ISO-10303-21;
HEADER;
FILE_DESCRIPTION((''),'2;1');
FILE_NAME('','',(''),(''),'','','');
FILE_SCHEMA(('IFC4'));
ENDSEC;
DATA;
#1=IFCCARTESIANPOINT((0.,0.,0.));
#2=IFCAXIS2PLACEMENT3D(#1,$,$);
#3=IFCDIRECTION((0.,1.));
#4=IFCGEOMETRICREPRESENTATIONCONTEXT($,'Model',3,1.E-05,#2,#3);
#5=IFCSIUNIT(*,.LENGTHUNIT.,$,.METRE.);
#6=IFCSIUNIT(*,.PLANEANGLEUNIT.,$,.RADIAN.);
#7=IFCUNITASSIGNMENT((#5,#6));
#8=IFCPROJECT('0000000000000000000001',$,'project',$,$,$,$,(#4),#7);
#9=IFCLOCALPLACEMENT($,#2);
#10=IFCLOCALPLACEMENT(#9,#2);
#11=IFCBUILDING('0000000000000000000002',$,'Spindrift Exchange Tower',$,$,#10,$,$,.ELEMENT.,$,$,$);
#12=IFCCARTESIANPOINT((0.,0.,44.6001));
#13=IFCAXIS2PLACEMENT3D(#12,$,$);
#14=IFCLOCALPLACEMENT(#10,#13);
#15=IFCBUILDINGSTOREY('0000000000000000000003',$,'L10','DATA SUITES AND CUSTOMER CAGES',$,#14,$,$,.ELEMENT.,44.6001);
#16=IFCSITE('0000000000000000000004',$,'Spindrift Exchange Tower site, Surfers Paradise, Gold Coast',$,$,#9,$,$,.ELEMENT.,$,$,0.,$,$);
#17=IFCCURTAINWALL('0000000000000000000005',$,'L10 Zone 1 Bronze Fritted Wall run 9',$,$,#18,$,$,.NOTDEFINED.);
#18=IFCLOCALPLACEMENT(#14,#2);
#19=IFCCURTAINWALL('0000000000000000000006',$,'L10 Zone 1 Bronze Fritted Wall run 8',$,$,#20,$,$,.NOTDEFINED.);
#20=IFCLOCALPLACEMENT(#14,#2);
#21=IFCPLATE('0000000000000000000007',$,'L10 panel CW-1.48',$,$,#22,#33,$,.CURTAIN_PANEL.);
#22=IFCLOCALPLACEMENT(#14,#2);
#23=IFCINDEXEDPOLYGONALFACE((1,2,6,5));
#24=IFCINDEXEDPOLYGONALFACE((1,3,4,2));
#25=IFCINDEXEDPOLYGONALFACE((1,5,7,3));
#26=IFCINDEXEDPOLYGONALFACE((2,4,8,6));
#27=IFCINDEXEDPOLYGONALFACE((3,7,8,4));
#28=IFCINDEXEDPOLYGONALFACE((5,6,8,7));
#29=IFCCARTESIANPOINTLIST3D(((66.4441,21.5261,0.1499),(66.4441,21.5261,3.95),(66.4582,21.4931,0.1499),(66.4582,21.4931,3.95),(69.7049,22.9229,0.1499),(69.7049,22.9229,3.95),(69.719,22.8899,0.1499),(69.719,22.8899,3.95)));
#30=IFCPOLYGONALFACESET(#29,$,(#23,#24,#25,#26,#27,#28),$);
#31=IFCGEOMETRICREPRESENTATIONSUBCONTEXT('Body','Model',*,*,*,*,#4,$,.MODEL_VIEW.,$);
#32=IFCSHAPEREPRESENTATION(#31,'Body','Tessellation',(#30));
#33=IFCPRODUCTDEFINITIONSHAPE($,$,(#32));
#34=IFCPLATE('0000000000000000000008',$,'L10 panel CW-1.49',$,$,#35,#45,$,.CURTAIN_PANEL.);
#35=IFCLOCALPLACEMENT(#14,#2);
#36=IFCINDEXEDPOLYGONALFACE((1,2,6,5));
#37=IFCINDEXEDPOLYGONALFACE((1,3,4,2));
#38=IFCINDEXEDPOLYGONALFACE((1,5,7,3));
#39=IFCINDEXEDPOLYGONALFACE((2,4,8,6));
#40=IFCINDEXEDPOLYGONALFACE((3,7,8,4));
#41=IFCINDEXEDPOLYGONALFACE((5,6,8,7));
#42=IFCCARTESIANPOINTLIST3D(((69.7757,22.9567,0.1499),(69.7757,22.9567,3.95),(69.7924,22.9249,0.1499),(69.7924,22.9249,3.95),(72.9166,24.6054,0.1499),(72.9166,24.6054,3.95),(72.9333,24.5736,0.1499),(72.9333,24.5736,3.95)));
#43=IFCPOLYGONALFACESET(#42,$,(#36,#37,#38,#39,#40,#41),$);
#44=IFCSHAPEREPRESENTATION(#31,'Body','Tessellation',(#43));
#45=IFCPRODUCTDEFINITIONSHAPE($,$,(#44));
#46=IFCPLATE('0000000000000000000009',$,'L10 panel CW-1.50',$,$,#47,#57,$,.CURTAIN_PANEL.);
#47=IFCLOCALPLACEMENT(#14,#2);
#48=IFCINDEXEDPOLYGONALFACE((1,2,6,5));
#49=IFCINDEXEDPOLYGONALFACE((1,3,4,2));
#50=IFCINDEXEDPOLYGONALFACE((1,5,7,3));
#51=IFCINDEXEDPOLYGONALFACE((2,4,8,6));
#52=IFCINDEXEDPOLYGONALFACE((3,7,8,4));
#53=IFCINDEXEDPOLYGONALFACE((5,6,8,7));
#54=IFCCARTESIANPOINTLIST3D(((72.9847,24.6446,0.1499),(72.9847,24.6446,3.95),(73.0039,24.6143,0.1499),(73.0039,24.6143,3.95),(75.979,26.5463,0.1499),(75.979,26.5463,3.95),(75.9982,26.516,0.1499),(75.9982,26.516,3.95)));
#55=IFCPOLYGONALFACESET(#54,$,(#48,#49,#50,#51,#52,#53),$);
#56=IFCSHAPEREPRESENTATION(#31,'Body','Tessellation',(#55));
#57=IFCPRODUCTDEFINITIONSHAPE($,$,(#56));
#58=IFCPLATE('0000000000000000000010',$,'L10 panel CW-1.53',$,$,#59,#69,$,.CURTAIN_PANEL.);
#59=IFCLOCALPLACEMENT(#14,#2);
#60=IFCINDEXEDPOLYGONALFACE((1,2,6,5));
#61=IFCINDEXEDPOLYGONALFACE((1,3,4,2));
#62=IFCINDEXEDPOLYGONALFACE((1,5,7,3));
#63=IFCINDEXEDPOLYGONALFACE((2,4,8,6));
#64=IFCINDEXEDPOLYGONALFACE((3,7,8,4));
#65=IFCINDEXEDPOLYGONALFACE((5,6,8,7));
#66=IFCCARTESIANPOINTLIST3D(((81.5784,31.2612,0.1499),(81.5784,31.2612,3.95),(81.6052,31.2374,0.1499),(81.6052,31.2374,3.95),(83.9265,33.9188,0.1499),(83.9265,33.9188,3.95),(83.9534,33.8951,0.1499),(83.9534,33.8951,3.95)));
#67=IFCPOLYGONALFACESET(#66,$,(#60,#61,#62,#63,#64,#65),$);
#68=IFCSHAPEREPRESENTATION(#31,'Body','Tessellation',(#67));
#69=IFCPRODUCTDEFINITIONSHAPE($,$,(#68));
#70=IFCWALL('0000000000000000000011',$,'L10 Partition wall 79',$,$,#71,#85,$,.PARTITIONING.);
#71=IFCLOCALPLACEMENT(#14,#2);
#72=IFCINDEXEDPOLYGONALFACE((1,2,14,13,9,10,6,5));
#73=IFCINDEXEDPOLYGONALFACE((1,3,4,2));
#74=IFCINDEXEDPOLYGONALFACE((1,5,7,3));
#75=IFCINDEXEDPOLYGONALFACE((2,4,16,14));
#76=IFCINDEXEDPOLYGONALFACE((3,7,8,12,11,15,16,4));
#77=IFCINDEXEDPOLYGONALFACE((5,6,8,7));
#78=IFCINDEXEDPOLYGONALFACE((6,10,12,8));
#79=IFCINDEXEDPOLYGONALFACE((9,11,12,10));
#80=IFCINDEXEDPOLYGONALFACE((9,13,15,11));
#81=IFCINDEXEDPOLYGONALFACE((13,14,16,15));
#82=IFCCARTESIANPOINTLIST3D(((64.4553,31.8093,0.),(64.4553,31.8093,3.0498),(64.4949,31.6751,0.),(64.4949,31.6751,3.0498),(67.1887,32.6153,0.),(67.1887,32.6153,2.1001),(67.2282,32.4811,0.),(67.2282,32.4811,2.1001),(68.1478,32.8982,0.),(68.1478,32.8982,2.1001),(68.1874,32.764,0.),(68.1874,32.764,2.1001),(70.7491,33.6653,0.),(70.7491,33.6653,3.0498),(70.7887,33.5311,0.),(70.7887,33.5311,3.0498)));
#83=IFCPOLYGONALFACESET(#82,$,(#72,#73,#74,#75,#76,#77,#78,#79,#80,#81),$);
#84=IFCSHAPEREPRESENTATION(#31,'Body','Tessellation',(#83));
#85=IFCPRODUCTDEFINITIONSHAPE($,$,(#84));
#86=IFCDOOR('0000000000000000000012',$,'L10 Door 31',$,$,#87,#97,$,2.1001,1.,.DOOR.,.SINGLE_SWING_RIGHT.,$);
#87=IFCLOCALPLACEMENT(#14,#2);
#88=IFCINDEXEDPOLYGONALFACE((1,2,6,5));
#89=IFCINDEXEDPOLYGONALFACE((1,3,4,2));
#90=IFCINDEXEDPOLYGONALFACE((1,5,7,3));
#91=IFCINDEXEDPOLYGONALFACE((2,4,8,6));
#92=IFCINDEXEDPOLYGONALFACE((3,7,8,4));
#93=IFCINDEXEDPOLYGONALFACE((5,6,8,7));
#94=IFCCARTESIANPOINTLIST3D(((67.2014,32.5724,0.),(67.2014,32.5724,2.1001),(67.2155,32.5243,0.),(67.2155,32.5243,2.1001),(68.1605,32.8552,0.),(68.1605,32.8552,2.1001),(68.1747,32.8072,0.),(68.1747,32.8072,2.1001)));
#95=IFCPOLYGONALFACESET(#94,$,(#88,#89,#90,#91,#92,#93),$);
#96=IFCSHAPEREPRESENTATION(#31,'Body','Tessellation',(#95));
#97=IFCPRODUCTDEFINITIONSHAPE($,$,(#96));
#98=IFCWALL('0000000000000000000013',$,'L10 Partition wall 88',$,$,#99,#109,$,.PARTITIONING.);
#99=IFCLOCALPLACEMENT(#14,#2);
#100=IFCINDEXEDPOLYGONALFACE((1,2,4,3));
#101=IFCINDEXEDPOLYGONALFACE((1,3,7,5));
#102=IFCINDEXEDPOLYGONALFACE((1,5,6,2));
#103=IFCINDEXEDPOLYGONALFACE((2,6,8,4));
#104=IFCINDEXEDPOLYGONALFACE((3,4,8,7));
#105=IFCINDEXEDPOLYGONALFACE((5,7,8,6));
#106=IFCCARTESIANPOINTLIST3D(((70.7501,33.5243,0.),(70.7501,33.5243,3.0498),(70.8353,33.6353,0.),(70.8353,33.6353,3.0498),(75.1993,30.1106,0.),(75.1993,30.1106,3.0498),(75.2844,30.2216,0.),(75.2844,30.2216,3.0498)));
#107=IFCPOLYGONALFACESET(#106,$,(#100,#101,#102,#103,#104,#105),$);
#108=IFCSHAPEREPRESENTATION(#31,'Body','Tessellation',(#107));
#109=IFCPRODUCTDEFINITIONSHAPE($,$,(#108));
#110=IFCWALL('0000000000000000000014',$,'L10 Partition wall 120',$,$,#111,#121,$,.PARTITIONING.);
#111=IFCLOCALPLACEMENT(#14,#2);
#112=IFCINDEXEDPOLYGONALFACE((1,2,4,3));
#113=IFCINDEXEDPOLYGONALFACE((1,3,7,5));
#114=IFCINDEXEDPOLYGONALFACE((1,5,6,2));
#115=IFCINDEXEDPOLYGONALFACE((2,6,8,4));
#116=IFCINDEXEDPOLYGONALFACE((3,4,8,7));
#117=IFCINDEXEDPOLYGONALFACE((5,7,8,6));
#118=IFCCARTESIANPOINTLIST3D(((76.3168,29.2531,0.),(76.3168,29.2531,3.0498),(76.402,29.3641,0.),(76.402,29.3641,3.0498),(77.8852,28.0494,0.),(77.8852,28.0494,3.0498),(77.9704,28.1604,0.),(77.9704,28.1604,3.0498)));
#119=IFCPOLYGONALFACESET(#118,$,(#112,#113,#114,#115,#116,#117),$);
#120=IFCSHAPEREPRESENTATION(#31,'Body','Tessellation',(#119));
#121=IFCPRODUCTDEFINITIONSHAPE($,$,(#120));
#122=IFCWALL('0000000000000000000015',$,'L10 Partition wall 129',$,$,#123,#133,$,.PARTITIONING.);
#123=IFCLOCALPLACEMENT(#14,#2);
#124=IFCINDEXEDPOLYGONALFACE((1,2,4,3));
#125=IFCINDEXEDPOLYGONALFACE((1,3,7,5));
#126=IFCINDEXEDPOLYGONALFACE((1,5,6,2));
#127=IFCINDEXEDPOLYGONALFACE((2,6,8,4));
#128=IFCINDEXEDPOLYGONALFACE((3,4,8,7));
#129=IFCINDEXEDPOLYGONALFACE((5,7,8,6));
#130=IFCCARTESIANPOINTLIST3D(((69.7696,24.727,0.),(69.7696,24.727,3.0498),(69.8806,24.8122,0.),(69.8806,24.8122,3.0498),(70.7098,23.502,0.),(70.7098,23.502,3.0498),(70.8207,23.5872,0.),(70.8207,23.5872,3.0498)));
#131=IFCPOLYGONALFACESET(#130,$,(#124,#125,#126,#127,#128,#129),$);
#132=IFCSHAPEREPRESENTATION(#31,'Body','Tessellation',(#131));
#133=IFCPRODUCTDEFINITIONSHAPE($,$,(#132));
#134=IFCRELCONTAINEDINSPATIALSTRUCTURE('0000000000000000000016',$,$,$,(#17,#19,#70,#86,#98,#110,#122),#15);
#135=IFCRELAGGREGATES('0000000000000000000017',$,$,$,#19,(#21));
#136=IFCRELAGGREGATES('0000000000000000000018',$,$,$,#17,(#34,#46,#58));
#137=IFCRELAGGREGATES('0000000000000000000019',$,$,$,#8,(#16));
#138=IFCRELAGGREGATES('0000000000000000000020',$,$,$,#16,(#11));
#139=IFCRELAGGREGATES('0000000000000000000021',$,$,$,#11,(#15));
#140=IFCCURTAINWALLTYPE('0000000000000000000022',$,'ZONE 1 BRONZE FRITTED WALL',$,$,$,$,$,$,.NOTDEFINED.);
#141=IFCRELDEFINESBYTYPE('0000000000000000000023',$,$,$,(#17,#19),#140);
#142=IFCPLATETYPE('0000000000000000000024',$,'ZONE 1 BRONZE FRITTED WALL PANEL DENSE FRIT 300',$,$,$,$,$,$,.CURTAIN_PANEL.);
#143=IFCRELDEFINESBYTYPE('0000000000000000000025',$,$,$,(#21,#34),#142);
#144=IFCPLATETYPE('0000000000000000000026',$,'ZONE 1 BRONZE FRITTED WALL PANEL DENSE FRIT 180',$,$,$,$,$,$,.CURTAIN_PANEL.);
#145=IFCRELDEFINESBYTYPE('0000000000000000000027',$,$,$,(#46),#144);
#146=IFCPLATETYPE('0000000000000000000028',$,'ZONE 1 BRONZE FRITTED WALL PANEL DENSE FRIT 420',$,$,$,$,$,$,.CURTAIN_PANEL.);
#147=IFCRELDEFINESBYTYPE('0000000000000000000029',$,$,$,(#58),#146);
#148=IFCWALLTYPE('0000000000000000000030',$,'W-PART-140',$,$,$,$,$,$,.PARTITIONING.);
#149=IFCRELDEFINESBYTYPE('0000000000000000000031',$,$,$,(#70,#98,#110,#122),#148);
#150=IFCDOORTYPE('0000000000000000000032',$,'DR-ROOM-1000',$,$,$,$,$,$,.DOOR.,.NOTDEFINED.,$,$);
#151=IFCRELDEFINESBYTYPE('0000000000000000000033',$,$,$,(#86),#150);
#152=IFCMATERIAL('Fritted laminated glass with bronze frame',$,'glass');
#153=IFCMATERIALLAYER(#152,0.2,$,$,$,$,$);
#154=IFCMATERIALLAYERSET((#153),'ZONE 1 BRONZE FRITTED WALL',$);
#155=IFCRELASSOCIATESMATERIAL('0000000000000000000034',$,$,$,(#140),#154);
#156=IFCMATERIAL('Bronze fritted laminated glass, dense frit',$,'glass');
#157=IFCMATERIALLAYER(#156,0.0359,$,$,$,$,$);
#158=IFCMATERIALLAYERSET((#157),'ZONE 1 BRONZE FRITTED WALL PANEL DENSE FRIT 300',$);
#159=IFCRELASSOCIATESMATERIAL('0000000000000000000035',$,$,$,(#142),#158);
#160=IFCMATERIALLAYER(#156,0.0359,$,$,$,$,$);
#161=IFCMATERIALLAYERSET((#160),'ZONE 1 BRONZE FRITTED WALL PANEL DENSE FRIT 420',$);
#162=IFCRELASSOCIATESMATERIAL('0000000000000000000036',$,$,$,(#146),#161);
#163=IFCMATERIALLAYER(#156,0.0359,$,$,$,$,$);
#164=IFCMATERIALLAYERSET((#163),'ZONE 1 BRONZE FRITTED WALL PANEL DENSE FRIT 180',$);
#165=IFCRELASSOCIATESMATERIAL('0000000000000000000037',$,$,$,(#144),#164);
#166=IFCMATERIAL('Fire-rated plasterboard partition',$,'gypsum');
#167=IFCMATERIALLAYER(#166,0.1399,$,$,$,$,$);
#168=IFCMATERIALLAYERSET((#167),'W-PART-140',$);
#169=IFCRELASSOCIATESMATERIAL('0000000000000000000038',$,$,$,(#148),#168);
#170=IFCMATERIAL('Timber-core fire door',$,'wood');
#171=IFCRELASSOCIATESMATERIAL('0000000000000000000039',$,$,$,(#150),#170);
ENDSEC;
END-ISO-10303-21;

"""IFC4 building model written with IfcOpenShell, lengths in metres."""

from ifc_helpers import new_model, si_unit, direction, frame, frame_2d, origin, origin_2d, place, context, subcontext, project, spatial, rectangle, extrude, source, transform, mapped, material, layer, layer_set, type_object, element, fill, aggregate, save


model = new_model("IFC4")

# Units and contexts
model_context = context("Model", 3, precision=1e-05, world=origin(), true_north=direction((0.0, 1.0)))
body_context = subcontext(model_context, "Body", "Model", "MODEL_VIEW")
ifc_project = project(units=[si_unit("LENGTHUNIT", "METRE"), si_unit("PLANEANGLEUNIT", "RADIAN")], contexts=[model_context])

# Site, building, storey
site_placement = place(None, origin())
site = spatial("IfcSite", under=ifc_project, at=site_placement, Name="Spindrift Exchange Tower site, Surfers Paradise, Gold Coast", CompositionType="ELEMENT", RefElevation=0.0)
building_placement = place(site_placement, origin())
building = spatial("IfcBuilding", under=site, at=building_placement, Name="Spindrift Exchange Tower", CompositionType="ELEMENT")
storey_placement = place(building_placement, frame((0.0, 0.0, 44.6001)))
storey = spatial("IfcBuildingStorey", under=building, at=storey_placement, Name="L10", Description="DATA SUITES AND CUSTOMER CAGES", CompositionType="ELEMENT", Elevation=44.6001)

# Curtain wall
ifc_material_1 = material(Name="Fritted laminated glass with bronze frame", Category="glass")
ifc_layer_1 = layer(ifc_material_1, 0.2)
ifc_layer_set_1 = layer_set([ifc_layer_1], Name="ZONE 1 BRONZE FRITTED WALL")
curtain_wall_type = type_object("IfcCurtainWallType", Name="ZONE 1 BRONZE FRITTED WALL", PredefinedType="NOTDEFINED", material=ifc_layer_set_1)
curtain_wall_1_placement = place(storey_placement, origin())
curtain_wall_1 = element("IfcCurtainWall", 1, at=curtain_wall_1_placement, inside=storey, type_object=curtain_wall_type, Name="L10 Zone 1 Bronze Fritted Wall run 9", PredefinedType="NOTDEFINED")

# Curtain wall
curtain_wall_2_placement = place(storey_placement, origin())
curtain_wall_2 = element("IfcCurtainWall", 2, at=curtain_wall_2_placement, inside=storey, type_object=curtain_wall_type, Name="L10 Zone 1 Bronze Fritted Wall run 8", PredefinedType="NOTDEFINED")

# Plates
ifc_material_2 = material(Name="Bronze fritted laminated glass, dense frit", Category="glass")
ifc_layer_2 = layer(ifc_material_2, 0.0359)
ifc_layer_set_2 = layer_set([ifc_layer_2], Name="ZONE 1 BRONZE FRITTED WALL PANEL DENSE FRIT 300")
plate_type_1 = type_object("IfcPlateType", Name="ZONE 1 BRONZE FRITTED WALL PANEL DENSE FRIT 300", PredefinedType="CURTAIN_PANEL", material=ifc_layer_set_2)
ifc_layer_3 = layer(ifc_material_2, 0.0359)
ifc_layer_set_3 = layer_set([ifc_layer_3], Name="ZONE 1 BRONZE FRITTED WALL PANEL DENSE FRIT 420")
plate_type_2 = type_object("IfcPlateType", Name="ZONE 1 BRONZE FRITTED WALL PANEL DENSE FRIT 420", PredefinedType="CURTAIN_PANEL", material=ifc_layer_set_3)
shared_shape_1 = source(origin(), body_context, "Body", "SweptSolid", [
    extrude(rectangle(XDim=3.5474, YDim=0.0359, at=origin_2d()), origin(), (0.0, 0.0, 1.0), 3.8),
])
plate_1_placement = place(storey_placement, frame((68.0815, 22.208, 0.1499), z_axis=(0.0, 0.0, 1.0), x_axis=(0.919223, 0.393737, 0.0)))
plate_1 = element("IfcPlate", 3, at=plate_1_placement, type_object=plate_type_1, Name="L10 panel CW-1.48", PredefinedType="CURTAIN_PANEL", context=body_context, shape_type="MappedRepresentation", body=[
    mapped(shared_shape_1, transform((0.0, 0.0, 0.0), scale=1.0)),
])
aggregate(curtain_wall_2, [plate_1])
plate_2_placement = place(storey_placement, frame((71.3545, 23.7651, 0.1499), z_axis=(0.0, 0.0, 1.0), x_axis=(0.885425, 0.464782, 0.0)))
plate_2 = element("IfcPlate", 4, at=plate_2_placement, type_object=plate_type_1, Name="L10 panel CW-1.49", PredefinedType="CURTAIN_PANEL", context=body_context, shape_type="MappedRepresentation", body=[
    mapped(shared_shape_1, transform((0.0, 0.0, 0.0), scale=1.0)),
])
ifc_layer_4 = layer(ifc_material_2, 0.0359)
ifc_layer_set_4 = layer_set([ifc_layer_4], Name="ZONE 1 BRONZE FRITTED WALL PANEL DENSE FRIT 180")
plate_type_3 = type_object("IfcPlateType", Name="ZONE 1 BRONZE FRITTED WALL PANEL DENSE FRIT 180", PredefinedType="CURTAIN_PANEL", material=ifc_layer_set_4)
shared_shape_2 = source(origin(), body_context, "Body", "SweptSolid", [
    extrude(rectangle(XDim=3.5471, YDim=0.0359, at=origin_2d()), origin(), (0.0, 0.0, 1.0), 3.8),
])
plate_3_placement = place(storey_placement, frame((74.4915, 25.5803, 0.1499), z_axis=(0.0, 0.0, 1.0), x_axis=(0.844138, 0.536126, 0.0)))
plate_3 = element("IfcPlate", 5, at=plate_3_placement, type_object=plate_type_3, Name="L10 panel CW-1.50", PredefinedType="CURTAIN_PANEL", context=body_context, shape_type="MappedRepresentation", body=[
    mapped(shared_shape_2, transform((0.0, 0.0, 0.0), scale=1.0)),
])
shared_shape_3 = source(origin(), body_context, "Body", "SweptSolid", [
    extrude(rectangle(XDim=3.5464, YDim=0.0359, at=origin_2d()), origin(), (0.0, 0.0, 1.0), 3.8),
])
plate_4_placement = place(storey_placement, frame((82.7659, 32.5781, 0.1499), z_axis=(0.0, 0.0, 1.0), x_axis=(0.662122, 0.749396, 0.0)))
plate_4 = element("IfcPlate", 6, at=plate_4_placement, type_object=plate_type_2, Name="L10 panel CW-1.53", PredefinedType="CURTAIN_PANEL", context=body_context, shape_type="MappedRepresentation", body=[
    mapped(shared_shape_3, transform((0.0, 0.0, 0.0), scale=1.0)),
])
aggregate(curtain_wall_1, [plate_2, plate_3, plate_4])

# Wall, opening, door
ifc_material_3 = material(Name="Fire-rated plasterboard partition", Category="gypsum")
ifc_layer_5 = layer(ifc_material_3, 0.1399)
ifc_layer_set_5 = layer_set([ifc_layer_5], Name="W-PART-140")
wall_type = type_object("IfcWallType", Name="W-PART-140", PredefinedType="PARTITIONING", material=ifc_layer_set_5)
wall_1_placement = place(storey_placement, frame((70.7688, 33.5981, 0.0), z_axis=(0.0, 0.0, 1.0), x_axis=(-0.959164, -0.282849, 0.0)))
wall_1 = element("IfcWall", 7, at=wall_1_placement, inside=storey, type_object=wall_type, Name="L10 Partition wall 79", PredefinedType="PARTITIONING", context=body_context, shape_type="SweptSolid", body=[
    extrude(rectangle(XDim=6.5618, YDim=0.1399, at=frame_2d((3.2808, 0.0))), origin(), (0.0, 0.0, 1.0), 3.0498),
])
opening_placement = place(wall_1_placement, frame((2.7119, 0.0, 0.0)))
opening = element("IfcOpeningElement", 8, at=opening_placement, cuts=wall_1, PredefinedType="OPENING", context=body_context, shape_type="SweptSolid", body=[
    extrude(rectangle(XDim=1.0, YDim=2.1001, at=frame_2d((0.5, 1.05))), frame((0.0, 0.0798, 0.0), z_axis=(0.0, -1.0, 0.0), x_axis=(1.0, 0.0, 0.0)), (0.0, 0.0, 1.0), 0.1599),
])
ifc_material_4 = material(Name="Timber-core fire door", Category="wood")
door_type = type_object("IfcDoorType", Name="DR-ROOM-1000", OperationType="NOTDEFINED", PredefinedType="DOOR", material=ifc_material_4)
shared_shape_4 = source(origin(), body_context, "Body", "SweptSolid", [
    extrude(rectangle(XDim=1.0, YDim=2.1001, at=frame_2d((0.5, 1.05))), frame((0.0, 0.0249, 0.0), z_axis=(0.0, -1.0, 0.0), x_axis=(1.0, 0.0, 0.0)), (0.0, 0.0, 1.0), 0.05),
])
door_placement = place(opening_placement, origin())
door = element("IfcDoor", 9, at=door_placement, inside=storey, type_object=door_type, Name="L10 Door 31", OperationType="SINGLE_SWING_RIGHT", OverallHeight=2.1001, OverallWidth=1.0, PredefinedType="DOOR", context=body_context, shape_type="MappedRepresentation", body=[
    mapped(shared_shape_4, transform((0.0, 0.0, 0.0), scale=1.0)),
])
fill(opening, door)

# Walls
wall_2_placement = place(storey_placement, frame((70.7927, 33.5798, 0.0), z_axis=(0.0, 0.0, 1.0), x_axis=(0.793369, -0.60874, 0.0)))
element("IfcWall", 10, at=wall_2_placement, inside=storey, type_object=wall_type, Name="L10 Partition wall 88", PredefinedType="PARTITIONING", context=body_context, shape_type="SweptSolid", body=[
    extrude(rectangle(XDim=5.6079, YDim=0.1399, at=frame_2d((2.804, 0.0))), origin(), (0.0, 0.0, 1.0), 3.0498),
])
wall_3_placement = place(storey_placement, frame((76.3594, 29.3086, 0.0), z_axis=(0.0, 0.0, 1.0), x_axis=(0.793312, -0.608815, 0.0)))
element("IfcWall", 11, at=wall_3_placement, inside=storey, type_object=wall_type, Name="L10 Partition wall 120", PredefinedType="PARTITIONING", context=body_context, shape_type="SweptSolid", body=[
    extrude(rectangle(XDim=1.9771, YDim=0.1399, at=frame_2d((0.9885, 0.0))), origin(), (0.0, 0.0, 1.0), 3.0498),
])
wall_4_placement = place(storey_placement, frame((69.8252, 24.7695, 0.0), z_axis=(0.0, 0.0, 1.0), x_axis=(0.608816, -0.793311, 0.0)))
element("IfcWall", 12, at=wall_4_placement, inside=storey, type_object=wall_type, Name="L10 Partition wall 129", PredefinedType="PARTITIONING", context=body_context, shape_type="SweptSolid", body=[
    extrude(rectangle(XDim=1.5442, YDim=0.1399, at=frame_2d((0.772, 0.0))), origin(), (0.0, 0.0, 1.0), 3.0498),
])

save(model, "model.ifc")
